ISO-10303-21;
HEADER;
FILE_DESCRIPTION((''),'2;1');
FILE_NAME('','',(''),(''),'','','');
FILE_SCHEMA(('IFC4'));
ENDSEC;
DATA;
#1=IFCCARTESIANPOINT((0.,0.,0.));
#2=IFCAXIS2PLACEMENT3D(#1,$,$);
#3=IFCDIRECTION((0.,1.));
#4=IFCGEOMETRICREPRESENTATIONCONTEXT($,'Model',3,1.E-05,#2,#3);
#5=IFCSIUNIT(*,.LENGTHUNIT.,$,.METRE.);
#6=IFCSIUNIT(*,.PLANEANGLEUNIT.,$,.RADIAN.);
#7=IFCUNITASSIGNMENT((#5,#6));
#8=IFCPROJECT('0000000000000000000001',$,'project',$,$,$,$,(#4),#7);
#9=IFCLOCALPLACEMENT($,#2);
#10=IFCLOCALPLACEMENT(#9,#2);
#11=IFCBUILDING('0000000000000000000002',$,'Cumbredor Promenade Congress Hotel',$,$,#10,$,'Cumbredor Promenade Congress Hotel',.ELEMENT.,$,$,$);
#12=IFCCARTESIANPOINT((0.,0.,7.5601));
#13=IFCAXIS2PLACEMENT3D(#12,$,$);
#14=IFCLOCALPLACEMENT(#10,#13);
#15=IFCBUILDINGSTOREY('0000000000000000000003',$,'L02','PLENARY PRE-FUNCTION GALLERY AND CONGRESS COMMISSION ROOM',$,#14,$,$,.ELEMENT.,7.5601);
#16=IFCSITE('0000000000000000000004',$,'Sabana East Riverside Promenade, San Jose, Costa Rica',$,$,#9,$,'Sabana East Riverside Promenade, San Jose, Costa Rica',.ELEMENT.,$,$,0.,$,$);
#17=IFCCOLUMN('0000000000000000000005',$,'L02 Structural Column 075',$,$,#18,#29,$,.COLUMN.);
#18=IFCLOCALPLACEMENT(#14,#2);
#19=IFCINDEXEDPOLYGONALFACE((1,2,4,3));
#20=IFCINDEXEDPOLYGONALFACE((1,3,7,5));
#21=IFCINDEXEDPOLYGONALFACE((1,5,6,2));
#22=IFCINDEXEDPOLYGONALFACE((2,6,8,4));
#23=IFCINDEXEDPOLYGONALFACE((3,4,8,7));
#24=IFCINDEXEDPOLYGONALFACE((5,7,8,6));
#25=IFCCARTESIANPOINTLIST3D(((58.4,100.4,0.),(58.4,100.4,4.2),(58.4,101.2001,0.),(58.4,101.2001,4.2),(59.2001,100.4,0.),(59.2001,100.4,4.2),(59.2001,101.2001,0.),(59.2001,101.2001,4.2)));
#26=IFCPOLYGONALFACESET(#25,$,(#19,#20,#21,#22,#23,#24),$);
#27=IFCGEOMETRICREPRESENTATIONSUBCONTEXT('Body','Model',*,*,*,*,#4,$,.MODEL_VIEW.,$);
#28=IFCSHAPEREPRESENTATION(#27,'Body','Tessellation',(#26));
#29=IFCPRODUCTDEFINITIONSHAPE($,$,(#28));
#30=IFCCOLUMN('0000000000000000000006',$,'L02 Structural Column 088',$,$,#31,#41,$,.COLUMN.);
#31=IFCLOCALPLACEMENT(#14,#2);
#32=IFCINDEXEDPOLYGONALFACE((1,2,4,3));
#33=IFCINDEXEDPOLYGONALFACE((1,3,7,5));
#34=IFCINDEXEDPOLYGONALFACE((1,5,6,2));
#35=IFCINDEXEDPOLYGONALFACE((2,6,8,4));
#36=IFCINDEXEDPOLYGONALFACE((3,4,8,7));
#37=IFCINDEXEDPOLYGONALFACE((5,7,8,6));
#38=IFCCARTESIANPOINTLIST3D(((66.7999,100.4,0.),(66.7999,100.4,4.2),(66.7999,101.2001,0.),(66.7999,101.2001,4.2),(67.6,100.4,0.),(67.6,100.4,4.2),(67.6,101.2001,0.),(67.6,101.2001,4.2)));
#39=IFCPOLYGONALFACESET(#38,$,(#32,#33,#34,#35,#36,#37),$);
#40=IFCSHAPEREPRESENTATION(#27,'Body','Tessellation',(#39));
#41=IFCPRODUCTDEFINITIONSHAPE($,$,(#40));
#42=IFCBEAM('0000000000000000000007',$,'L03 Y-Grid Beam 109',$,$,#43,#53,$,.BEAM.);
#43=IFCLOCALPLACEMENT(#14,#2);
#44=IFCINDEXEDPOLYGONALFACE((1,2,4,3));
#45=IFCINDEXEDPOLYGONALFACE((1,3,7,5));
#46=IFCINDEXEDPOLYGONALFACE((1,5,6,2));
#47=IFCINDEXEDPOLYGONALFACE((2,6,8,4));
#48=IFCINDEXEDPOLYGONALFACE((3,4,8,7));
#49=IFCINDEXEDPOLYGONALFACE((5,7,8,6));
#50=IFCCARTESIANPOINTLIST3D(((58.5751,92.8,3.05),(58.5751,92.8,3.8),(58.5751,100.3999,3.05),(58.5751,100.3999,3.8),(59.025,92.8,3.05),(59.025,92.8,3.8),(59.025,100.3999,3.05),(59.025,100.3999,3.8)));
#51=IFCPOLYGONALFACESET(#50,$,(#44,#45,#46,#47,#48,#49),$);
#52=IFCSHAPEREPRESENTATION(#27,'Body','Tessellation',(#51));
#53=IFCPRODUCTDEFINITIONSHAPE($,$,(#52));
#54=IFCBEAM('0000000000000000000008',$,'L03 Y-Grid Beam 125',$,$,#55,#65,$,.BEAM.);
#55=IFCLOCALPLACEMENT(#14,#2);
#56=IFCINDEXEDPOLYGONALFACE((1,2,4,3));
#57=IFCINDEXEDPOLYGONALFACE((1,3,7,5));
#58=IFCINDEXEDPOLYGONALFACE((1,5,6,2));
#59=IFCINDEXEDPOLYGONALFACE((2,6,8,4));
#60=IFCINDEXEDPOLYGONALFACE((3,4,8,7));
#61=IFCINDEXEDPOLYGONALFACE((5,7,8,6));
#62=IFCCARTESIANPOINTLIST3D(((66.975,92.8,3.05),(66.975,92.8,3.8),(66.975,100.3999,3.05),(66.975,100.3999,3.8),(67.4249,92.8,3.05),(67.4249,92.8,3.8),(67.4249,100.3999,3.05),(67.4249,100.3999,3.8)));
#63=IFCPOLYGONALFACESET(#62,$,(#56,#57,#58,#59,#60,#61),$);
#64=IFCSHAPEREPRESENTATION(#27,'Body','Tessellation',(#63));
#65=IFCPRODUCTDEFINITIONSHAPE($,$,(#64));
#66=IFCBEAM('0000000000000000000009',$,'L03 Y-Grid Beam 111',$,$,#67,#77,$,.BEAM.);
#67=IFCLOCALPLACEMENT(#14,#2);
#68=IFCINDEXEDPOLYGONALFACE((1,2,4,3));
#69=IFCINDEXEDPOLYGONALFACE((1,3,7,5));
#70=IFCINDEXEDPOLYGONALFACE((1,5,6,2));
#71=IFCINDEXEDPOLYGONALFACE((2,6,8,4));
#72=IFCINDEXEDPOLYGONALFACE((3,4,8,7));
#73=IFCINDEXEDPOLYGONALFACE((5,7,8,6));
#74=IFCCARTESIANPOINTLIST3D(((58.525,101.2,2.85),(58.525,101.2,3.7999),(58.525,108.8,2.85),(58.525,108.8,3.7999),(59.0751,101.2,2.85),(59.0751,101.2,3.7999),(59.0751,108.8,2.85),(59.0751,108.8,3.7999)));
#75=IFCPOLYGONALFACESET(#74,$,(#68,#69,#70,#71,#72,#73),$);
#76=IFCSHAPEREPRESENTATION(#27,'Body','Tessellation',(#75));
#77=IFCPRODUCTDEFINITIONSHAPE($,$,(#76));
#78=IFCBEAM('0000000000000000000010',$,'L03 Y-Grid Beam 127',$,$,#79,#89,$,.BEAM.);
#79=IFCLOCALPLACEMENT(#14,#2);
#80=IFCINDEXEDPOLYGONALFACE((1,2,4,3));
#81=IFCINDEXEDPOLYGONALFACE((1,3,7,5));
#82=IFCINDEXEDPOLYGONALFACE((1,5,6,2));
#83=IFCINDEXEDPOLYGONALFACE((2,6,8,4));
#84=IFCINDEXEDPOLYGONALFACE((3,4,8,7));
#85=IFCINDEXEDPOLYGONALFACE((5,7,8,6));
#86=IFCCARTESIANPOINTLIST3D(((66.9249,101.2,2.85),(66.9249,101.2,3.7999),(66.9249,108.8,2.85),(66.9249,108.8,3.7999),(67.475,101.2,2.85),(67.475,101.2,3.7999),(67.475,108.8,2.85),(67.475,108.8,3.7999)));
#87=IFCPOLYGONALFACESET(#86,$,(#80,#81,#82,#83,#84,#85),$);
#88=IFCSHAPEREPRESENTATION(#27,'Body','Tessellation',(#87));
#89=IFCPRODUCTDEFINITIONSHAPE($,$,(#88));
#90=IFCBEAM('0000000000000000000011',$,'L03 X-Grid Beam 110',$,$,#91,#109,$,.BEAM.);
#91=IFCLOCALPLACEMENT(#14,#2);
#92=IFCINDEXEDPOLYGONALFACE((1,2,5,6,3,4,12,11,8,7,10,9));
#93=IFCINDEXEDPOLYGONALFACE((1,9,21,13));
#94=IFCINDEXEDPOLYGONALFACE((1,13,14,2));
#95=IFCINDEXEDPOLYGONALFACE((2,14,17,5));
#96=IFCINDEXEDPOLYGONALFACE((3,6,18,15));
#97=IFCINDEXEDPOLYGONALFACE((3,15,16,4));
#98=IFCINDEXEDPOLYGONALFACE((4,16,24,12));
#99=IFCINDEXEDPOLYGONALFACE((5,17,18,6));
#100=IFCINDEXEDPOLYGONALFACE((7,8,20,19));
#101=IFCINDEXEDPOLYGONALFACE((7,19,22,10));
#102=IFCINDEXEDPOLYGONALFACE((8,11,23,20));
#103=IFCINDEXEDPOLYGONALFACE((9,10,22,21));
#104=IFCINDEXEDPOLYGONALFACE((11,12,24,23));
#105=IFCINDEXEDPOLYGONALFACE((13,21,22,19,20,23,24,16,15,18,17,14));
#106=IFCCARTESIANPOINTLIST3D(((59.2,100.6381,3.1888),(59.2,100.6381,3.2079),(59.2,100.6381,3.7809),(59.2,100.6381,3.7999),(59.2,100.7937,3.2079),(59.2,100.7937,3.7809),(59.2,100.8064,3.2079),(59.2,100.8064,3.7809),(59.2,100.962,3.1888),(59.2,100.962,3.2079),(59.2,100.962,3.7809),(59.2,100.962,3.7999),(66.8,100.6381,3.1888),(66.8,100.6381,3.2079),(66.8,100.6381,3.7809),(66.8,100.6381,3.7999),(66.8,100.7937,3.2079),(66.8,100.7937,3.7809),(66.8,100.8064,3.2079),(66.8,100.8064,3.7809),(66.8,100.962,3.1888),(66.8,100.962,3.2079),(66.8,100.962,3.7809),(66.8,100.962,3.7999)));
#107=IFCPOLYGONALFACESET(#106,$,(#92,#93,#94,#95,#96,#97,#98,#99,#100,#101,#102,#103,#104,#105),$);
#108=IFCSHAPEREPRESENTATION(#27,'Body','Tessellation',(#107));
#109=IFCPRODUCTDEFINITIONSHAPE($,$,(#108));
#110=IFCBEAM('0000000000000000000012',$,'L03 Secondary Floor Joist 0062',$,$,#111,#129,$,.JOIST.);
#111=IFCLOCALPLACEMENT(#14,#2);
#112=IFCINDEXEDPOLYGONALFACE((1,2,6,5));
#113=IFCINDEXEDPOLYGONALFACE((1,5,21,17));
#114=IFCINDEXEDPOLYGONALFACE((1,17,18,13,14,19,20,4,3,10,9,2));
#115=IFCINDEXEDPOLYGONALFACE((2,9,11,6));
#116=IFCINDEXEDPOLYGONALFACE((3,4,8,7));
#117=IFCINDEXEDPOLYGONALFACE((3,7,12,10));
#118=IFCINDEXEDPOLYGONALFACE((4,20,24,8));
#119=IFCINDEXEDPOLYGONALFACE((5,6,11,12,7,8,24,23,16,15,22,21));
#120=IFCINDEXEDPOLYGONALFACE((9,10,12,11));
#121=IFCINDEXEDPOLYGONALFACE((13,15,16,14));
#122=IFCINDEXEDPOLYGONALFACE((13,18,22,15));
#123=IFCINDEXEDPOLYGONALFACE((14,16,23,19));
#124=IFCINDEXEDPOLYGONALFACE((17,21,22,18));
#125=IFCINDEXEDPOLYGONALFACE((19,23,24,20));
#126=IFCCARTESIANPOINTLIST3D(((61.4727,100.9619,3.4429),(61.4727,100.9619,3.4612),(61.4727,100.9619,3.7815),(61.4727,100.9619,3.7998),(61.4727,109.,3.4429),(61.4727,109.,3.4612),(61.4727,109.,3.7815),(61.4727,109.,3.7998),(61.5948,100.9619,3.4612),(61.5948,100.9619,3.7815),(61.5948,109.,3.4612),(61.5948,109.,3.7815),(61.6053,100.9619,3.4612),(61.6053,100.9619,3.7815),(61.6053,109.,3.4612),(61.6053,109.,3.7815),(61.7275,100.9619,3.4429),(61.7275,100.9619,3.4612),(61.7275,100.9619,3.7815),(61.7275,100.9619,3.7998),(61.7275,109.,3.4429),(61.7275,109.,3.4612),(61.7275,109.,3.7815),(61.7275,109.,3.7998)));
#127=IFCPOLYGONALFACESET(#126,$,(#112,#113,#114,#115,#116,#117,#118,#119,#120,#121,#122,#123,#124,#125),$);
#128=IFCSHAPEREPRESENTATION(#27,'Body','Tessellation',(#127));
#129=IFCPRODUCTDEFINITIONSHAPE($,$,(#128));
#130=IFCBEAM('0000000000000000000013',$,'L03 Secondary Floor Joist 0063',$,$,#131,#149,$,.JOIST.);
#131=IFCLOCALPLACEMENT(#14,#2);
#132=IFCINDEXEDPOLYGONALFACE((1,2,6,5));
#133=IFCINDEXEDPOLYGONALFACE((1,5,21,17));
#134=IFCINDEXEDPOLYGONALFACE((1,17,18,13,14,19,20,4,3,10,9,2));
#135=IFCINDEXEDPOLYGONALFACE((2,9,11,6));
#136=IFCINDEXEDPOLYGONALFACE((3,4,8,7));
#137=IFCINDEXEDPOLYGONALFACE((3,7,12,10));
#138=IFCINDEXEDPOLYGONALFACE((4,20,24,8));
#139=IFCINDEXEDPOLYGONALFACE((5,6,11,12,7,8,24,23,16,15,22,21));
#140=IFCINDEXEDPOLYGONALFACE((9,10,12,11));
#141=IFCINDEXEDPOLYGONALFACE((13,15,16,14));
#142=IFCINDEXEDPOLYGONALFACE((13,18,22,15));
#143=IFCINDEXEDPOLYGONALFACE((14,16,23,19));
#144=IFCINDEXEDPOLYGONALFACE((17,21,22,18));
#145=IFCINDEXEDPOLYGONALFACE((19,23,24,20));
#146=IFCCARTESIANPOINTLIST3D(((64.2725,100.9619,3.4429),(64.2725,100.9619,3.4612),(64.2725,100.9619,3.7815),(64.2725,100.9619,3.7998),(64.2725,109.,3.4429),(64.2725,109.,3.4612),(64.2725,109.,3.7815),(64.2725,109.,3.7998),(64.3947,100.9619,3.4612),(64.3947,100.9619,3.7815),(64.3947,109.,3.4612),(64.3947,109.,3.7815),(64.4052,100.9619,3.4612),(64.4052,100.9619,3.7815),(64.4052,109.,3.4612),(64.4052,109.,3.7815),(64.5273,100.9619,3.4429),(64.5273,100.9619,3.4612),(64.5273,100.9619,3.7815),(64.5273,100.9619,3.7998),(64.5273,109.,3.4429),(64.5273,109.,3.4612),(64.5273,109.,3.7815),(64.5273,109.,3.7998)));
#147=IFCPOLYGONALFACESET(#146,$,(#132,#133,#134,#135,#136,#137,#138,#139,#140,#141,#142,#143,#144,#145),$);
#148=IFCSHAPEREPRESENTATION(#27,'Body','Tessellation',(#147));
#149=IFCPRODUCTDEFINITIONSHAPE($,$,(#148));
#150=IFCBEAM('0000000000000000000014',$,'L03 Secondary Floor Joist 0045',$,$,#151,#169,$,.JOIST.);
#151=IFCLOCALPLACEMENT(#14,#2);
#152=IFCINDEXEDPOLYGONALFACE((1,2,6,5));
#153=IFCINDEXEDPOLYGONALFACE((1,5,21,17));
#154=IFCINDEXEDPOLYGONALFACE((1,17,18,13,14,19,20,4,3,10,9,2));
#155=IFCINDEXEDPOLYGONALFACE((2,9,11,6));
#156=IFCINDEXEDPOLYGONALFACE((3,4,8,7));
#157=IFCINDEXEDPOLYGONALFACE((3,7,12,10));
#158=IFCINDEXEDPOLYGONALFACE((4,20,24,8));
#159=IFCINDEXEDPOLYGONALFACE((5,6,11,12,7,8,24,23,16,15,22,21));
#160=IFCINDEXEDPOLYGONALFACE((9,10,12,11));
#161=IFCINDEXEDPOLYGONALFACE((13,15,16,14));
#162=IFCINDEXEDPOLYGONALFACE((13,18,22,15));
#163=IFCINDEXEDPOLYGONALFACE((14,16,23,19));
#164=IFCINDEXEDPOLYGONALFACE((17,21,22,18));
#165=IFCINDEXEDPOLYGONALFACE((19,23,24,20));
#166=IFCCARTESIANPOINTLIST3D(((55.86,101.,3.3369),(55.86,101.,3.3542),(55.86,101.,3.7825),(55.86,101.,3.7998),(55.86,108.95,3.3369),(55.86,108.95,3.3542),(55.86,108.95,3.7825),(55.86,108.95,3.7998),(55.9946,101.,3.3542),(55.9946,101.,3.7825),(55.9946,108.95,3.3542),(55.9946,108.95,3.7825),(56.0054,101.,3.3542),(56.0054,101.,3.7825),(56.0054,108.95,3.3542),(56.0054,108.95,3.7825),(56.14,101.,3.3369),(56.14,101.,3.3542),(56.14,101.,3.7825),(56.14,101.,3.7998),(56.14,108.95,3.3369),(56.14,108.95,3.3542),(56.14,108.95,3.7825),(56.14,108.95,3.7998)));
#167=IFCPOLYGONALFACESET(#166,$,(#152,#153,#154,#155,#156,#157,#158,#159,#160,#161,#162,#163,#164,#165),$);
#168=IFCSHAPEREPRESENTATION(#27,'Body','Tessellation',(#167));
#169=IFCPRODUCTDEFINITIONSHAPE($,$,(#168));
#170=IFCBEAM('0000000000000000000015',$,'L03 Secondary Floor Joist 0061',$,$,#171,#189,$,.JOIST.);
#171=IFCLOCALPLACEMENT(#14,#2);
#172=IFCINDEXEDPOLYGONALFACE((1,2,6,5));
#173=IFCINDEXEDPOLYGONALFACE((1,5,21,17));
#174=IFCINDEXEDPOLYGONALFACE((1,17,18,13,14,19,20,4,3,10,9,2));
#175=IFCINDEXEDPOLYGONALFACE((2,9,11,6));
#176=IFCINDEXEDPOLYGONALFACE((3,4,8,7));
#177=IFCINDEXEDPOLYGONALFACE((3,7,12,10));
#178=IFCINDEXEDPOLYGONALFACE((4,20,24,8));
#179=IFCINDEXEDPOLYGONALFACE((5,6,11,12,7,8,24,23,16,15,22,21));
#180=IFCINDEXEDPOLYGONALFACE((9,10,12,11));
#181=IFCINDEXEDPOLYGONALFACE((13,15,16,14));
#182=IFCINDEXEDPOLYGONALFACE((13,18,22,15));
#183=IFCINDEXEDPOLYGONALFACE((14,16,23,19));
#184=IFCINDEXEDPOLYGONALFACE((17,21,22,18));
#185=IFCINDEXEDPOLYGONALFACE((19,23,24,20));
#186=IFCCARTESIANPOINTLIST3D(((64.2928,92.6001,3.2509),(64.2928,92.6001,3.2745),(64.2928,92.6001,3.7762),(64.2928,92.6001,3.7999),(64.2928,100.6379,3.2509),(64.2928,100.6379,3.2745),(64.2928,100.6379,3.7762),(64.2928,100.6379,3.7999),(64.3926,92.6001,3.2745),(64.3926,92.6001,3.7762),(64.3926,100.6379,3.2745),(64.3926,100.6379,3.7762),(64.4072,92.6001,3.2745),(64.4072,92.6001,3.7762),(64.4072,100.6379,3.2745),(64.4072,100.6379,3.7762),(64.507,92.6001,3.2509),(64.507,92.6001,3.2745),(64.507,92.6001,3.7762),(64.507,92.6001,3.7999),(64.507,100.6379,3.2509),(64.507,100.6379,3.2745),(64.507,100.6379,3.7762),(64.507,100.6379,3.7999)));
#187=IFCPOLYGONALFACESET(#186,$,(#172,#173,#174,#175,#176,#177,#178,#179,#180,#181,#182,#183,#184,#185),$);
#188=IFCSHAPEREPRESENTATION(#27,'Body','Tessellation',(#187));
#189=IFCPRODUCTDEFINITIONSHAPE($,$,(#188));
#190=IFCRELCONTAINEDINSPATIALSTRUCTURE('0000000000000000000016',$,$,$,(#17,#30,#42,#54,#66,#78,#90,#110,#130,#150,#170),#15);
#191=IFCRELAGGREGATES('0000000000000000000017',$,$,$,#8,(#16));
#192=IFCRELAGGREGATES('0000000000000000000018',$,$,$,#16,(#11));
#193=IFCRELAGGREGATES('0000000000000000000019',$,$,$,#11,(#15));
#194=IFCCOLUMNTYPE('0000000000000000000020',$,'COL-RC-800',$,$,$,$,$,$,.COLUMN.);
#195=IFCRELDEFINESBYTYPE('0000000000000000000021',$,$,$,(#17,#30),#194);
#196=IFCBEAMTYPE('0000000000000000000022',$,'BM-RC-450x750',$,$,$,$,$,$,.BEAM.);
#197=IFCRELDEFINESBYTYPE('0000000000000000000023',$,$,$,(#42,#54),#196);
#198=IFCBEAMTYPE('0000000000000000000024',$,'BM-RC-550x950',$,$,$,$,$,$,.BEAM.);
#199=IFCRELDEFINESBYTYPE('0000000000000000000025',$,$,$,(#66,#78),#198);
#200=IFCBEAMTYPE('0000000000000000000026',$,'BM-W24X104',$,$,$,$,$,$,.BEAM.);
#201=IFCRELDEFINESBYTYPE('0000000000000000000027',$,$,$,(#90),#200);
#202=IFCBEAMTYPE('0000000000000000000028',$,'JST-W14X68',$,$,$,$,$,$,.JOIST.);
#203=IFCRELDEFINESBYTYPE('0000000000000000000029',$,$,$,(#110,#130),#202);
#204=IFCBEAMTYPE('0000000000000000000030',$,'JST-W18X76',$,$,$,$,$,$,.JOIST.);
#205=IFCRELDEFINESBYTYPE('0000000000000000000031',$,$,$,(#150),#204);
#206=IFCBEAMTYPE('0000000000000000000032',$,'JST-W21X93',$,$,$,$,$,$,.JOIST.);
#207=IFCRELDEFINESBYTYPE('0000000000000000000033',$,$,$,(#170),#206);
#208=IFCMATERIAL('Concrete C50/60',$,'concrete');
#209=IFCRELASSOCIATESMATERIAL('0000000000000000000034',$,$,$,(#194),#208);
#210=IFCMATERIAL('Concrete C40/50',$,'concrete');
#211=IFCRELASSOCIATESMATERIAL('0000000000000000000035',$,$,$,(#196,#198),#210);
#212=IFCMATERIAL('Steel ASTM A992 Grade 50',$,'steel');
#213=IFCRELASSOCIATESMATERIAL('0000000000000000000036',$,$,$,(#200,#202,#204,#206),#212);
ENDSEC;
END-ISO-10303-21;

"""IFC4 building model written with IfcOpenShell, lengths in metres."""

from ifc_helpers import new_model, si_unit, direction, frame, origin, origin_2d, place, context, subcontext, project, spatial, rectangle, i_section, extrude, material, material_profile, profile_set, type_object, element, save


model = new_model("IFC4")

# Units and contexts
model_context = context("Model", 3, precision=1e-05, world=origin(), true_north=direction((0.0, 1.0)))
body_context = subcontext(model_context, "Body", "Model", "MODEL_VIEW")
ifc_project = project(units=[si_unit("LENGTHUNIT", "METRE"), si_unit("PLANEANGLEUNIT", "RADIAN")], contexts=[model_context])

# Site, building, storey
site_placement = place(None, origin())
site = spatial("IfcSite", under=ifc_project, at=site_placement, Name="Sabana East Riverside Promenade, San Jose, Costa Rica", LongName="Sabana East Riverside Promenade, San Jose, Costa Rica", CompositionType="ELEMENT", RefElevation=0.0)
building_placement = place(site_placement, origin())
building = spatial("IfcBuilding", under=site, at=building_placement, Name="Cumbredor Promenade Congress Hotel", LongName="Cumbredor Promenade Congress Hotel", CompositionType="ELEMENT")
storey_placement = place(building_placement, frame((0.0, 0.0, 7.5601)))
storey = spatial("IfcBuildingStorey", under=building, at=storey_placement, Name="L02", Description="PLENARY PRE-FUNCTION GALLERY AND CONGRESS COMMISSION ROOM", CompositionType="ELEMENT", Elevation=7.5601)

# Columns
ifc_material_1 = material(Name="Concrete C50/60", Category="concrete")
ifc_material_profile_1 = material_profile(ifc_material_1, rectangle(XDim=0.8, YDim=0.8, at=origin_2d()), Name="RC 800x800")
ifc_profile_set_1 = profile_set([ifc_material_profile_1], Name="Concrete C50/60")
column_type = type_object("IfcColumnType", Name="COL-RC-800", PredefinedType="COLUMN", material=ifc_profile_set_1)
for number, where, z_axis, x_axis, name in (
    (1, (58.8, 100.8, 0.0), (0.0, 0.0, 1.0), (1.0, 0.0, 0.0), "L02 Structural Column 075"),
    (2, (67.2, 100.8, 0.0), (0.0, 0.0, 1.0), (1.0, 0.0, 0.0), "L02 Structural Column 088"),
):
    element("IfcColumn", number, at=place(storey_placement, frame(where, z_axis=z_axis, x_axis=x_axis)), inside=storey, type_object=column_type, Name=name, PredefinedType="COLUMN", context=body_context, shape_type="SweptSolid", body=[
        extrude(rectangle(XDim=0.8, YDim=0.8, at=origin_2d()), origin(), (0.0, 0.0, 1.0), 4.2),
    ])

# Beams
ifc_material_2 = material(Name="Concrete C40/50", Category="concrete")
ifc_material_profile_2 = material_profile(ifc_material_2, rectangle(XDim=0.45, YDim=0.75, at=origin_2d()), Name="RC BEAM 450x750")
ifc_profile_set_2 = profile_set([ifc_material_profile_2], Name="Concrete C40/50")
beam_type_1 = type_object("IfcBeamType", Name="BM-RC-450x750", PredefinedType="BEAM", material=ifc_profile_set_2)
for number, where, z_axis, x_axis, name in (
    (3, (58.8, 92.8, 3.425), (0.0, 1.0, 0.0), (-1.0, 0.0, 0.0), "L03 Y-Grid Beam 109"),
    (4, (67.2, 92.8, 3.425), (0.0, 1.0, 0.0), (-1.0, 0.0, 0.0), "L03 Y-Grid Beam 125"),
):
    element("IfcBeam", number, at=place(storey_placement, frame(where, z_axis=z_axis, x_axis=x_axis)), inside=storey, type_object=beam_type_1, Name=name, PredefinedType="BEAM", context=body_context, shape_type="SweptSolid", body=[
        extrude(rectangle(XDim=0.45, YDim=0.75, at=origin_2d()), origin(), (0.0, 0.0, 1.0), 7.5999),
    ])
ifc_material_profile_3 = material_profile(ifc_material_2, rectangle(XDim=0.55, YDim=0.95, at=origin_2d()), Name="RC BEAM 550x950")
ifc_profile_set_3 = profile_set([ifc_material_profile_3], Name="Concrete C40/50")
beam_type_2 = type_object("IfcBeamType", Name="BM-RC-550x950", PredefinedType="BEAM", material=ifc_profile_set_3)
for number, where, z_axis, x_axis, name in (
    (5, (58.8, 101.2, 3.325), (0.0, 1.0, 0.0), (-1.0, 0.0, 0.0), "L03 Y-Grid Beam 111"),
    (6, (67.2, 101.2, 3.325), (0.0, 1.0, 0.0), (-1.0, 0.0, 0.0), "L03 Y-Grid Beam 127"),
):
    element("IfcBeam", number, at=place(storey_placement, frame(where, z_axis=z_axis, x_axis=x_axis)), inside=storey, type_object=beam_type_2, Name=name, PredefinedType="BEAM", context=body_context, shape_type="SweptSolid", body=[
        extrude(rectangle(XDim=0.55, YDim=0.95, at=origin_2d()), origin(), (0.0, 0.0, 1.0), 7.6001),
    ])
ifc_material_3 = material(Name="Steel ASTM A992 Grade 50", Category="steel")
ifc_material_profile_4 = material_profile(ifc_material_3, i_section(OverallWidth=0.324, OverallDepth=0.6111, WebThickness=0.0127, FlangeThickness=0.019, at=origin_2d()), Name="W24X104")
ifc_profile_set_4 = profile_set([ifc_material_profile_4], Name="Steel ASTM A992 Grade 50")
beam_type_3 = type_object("IfcBeamType", Name="BM-W24X104", PredefinedType="BEAM", material=ifc_profile_set_4)
beam_1_placement = place(storey_placement, frame((59.2, 100.8, 3.4944), z_axis=(1.0, 0.0, 0.0), x_axis=(0.0, 1.0, 0.0)))
element("IfcBeam", 7, at=beam_1_placement, inside=storey, type_object=beam_type_3, Name="L03 X-Grid Beam 110", PredefinedType="BEAM", context=body_context, shape_type="SweptSolid", body=[
    extrude(i_section(OverallWidth=0.324, OverallDepth=0.6111, WebThickness=0.0127, FlangeThickness=0.019, at=origin_2d()), origin(), (0.0, 0.0, 1.0), 7.6001),
])
ifc_material_profile_5 = material_profile(ifc_material_3, i_section(OverallWidth=0.2549, OverallDepth=0.3569, WebThickness=0.0105, FlangeThickness=0.0183, at=origin_2d()), Name="W14X68")
ifc_profile_set_5 = profile_set([ifc_material_profile_5], Name="Steel ASTM A992 Grade 50")
beam_type_4 = type_object("IfcBeamType", Name="JST-W14X68", PredefinedType="JOIST", material=ifc_profile_set_5)
for number, where, z_axis, x_axis, name in (
    (8, (61.6001, 100.9619, 3.6213), (0.0, 1.0, 0.0), (-1.0, 0.0, 0.0), "L03 Secondary Floor Joist 0062"),
    (9, (64.3999, 100.9619, 3.6213), (0.0, 1.0, 0.0), (-1.0, 0.0, 0.0), "L03 Secondary Floor Joist 0063"),
):
    element("IfcBeam", number, at=place(storey_placement, frame(where, z_axis=z_axis, x_axis=x_axis)), inside=storey, type_object=beam_type_4, Name=name, PredefinedType="JOIST", context=body_context, shape_type="SweptSolid", body=[
        extrude(i_section(OverallWidth=0.2549, OverallDepth=0.3569, WebThickness=0.0105, FlangeThickness=0.0183, at=origin_2d()), origin(), (0.0, 0.0, 1.0), 8.0381),
    ])
ifc_material_profile_6 = material_profile(ifc_material_3, i_section(OverallWidth=0.28, OverallDepth=0.4629, WebThickness=0.0107, FlangeThickness=0.0173, at=origin_2d()), Name="W18X76")
ifc_profile_set_6 = profile_set([ifc_material_profile_6], Name="Steel ASTM A992 Grade 50")
beam_type_5 = type_object("IfcBeamType", Name="JST-W18X76", PredefinedType="JOIST", material=ifc_profile_set_6)
beam_2_placement = place(storey_placement, frame((56.0, 101.0, 3.5684), z_axis=(0.0, 1.0, 0.0), x_axis=(-1.0, 0.0, 0.0)))
element("IfcBeam", 10, at=beam_2_placement, inside=storey, type_object=beam_type_5, Name="L03 Secondary Floor Joist 0045", PredefinedType="JOIST", context=body_context, shape_type="SweptSolid", body=[
    extrude(i_section(OverallWidth=0.28, OverallDepth=0.4629, WebThickness=0.0107, FlangeThickness=0.0173, at=origin_2d()), origin(), (0.0, 0.0, 1.0), 7.95),
])
ifc_material_profile_7 = material_profile(ifc_material_3, i_section(OverallWidth=0.2141, OverallDepth=0.5491, WebThickness=0.0146, FlangeThickness=0.0237, at=origin_2d()), Name="W21X93")
ifc_profile_set_7 = profile_set([ifc_material_profile_7], Name="Steel ASTM A992 Grade 50")
beam_type_6 = type_object("IfcBeamType", Name="JST-W21X93", PredefinedType="JOIST", material=ifc_profile_set_7)
beam_3_placement = place(storey_placement, frame((64.3999, 92.6001, 3.5254), z_axis=(0.0, 1.0, 0.0), x_axis=(-1.0, 0.0, 0.0)))
element("IfcBeam", 11, at=beam_3_placement, inside=storey, type_object=beam_type_6, Name="L03 Secondary Floor Joist 0061", PredefinedType="JOIST", context=body_context, shape_type="SweptSolid", body=[
    extrude(i_section(OverallWidth=0.2141, OverallDepth=0.5491, WebThickness=0.0146, FlangeThickness=0.0237, at=origin_2d()), origin(), (0.0, 0.0, 1.0), 8.0378),
])

save(model, "model.ifc")
